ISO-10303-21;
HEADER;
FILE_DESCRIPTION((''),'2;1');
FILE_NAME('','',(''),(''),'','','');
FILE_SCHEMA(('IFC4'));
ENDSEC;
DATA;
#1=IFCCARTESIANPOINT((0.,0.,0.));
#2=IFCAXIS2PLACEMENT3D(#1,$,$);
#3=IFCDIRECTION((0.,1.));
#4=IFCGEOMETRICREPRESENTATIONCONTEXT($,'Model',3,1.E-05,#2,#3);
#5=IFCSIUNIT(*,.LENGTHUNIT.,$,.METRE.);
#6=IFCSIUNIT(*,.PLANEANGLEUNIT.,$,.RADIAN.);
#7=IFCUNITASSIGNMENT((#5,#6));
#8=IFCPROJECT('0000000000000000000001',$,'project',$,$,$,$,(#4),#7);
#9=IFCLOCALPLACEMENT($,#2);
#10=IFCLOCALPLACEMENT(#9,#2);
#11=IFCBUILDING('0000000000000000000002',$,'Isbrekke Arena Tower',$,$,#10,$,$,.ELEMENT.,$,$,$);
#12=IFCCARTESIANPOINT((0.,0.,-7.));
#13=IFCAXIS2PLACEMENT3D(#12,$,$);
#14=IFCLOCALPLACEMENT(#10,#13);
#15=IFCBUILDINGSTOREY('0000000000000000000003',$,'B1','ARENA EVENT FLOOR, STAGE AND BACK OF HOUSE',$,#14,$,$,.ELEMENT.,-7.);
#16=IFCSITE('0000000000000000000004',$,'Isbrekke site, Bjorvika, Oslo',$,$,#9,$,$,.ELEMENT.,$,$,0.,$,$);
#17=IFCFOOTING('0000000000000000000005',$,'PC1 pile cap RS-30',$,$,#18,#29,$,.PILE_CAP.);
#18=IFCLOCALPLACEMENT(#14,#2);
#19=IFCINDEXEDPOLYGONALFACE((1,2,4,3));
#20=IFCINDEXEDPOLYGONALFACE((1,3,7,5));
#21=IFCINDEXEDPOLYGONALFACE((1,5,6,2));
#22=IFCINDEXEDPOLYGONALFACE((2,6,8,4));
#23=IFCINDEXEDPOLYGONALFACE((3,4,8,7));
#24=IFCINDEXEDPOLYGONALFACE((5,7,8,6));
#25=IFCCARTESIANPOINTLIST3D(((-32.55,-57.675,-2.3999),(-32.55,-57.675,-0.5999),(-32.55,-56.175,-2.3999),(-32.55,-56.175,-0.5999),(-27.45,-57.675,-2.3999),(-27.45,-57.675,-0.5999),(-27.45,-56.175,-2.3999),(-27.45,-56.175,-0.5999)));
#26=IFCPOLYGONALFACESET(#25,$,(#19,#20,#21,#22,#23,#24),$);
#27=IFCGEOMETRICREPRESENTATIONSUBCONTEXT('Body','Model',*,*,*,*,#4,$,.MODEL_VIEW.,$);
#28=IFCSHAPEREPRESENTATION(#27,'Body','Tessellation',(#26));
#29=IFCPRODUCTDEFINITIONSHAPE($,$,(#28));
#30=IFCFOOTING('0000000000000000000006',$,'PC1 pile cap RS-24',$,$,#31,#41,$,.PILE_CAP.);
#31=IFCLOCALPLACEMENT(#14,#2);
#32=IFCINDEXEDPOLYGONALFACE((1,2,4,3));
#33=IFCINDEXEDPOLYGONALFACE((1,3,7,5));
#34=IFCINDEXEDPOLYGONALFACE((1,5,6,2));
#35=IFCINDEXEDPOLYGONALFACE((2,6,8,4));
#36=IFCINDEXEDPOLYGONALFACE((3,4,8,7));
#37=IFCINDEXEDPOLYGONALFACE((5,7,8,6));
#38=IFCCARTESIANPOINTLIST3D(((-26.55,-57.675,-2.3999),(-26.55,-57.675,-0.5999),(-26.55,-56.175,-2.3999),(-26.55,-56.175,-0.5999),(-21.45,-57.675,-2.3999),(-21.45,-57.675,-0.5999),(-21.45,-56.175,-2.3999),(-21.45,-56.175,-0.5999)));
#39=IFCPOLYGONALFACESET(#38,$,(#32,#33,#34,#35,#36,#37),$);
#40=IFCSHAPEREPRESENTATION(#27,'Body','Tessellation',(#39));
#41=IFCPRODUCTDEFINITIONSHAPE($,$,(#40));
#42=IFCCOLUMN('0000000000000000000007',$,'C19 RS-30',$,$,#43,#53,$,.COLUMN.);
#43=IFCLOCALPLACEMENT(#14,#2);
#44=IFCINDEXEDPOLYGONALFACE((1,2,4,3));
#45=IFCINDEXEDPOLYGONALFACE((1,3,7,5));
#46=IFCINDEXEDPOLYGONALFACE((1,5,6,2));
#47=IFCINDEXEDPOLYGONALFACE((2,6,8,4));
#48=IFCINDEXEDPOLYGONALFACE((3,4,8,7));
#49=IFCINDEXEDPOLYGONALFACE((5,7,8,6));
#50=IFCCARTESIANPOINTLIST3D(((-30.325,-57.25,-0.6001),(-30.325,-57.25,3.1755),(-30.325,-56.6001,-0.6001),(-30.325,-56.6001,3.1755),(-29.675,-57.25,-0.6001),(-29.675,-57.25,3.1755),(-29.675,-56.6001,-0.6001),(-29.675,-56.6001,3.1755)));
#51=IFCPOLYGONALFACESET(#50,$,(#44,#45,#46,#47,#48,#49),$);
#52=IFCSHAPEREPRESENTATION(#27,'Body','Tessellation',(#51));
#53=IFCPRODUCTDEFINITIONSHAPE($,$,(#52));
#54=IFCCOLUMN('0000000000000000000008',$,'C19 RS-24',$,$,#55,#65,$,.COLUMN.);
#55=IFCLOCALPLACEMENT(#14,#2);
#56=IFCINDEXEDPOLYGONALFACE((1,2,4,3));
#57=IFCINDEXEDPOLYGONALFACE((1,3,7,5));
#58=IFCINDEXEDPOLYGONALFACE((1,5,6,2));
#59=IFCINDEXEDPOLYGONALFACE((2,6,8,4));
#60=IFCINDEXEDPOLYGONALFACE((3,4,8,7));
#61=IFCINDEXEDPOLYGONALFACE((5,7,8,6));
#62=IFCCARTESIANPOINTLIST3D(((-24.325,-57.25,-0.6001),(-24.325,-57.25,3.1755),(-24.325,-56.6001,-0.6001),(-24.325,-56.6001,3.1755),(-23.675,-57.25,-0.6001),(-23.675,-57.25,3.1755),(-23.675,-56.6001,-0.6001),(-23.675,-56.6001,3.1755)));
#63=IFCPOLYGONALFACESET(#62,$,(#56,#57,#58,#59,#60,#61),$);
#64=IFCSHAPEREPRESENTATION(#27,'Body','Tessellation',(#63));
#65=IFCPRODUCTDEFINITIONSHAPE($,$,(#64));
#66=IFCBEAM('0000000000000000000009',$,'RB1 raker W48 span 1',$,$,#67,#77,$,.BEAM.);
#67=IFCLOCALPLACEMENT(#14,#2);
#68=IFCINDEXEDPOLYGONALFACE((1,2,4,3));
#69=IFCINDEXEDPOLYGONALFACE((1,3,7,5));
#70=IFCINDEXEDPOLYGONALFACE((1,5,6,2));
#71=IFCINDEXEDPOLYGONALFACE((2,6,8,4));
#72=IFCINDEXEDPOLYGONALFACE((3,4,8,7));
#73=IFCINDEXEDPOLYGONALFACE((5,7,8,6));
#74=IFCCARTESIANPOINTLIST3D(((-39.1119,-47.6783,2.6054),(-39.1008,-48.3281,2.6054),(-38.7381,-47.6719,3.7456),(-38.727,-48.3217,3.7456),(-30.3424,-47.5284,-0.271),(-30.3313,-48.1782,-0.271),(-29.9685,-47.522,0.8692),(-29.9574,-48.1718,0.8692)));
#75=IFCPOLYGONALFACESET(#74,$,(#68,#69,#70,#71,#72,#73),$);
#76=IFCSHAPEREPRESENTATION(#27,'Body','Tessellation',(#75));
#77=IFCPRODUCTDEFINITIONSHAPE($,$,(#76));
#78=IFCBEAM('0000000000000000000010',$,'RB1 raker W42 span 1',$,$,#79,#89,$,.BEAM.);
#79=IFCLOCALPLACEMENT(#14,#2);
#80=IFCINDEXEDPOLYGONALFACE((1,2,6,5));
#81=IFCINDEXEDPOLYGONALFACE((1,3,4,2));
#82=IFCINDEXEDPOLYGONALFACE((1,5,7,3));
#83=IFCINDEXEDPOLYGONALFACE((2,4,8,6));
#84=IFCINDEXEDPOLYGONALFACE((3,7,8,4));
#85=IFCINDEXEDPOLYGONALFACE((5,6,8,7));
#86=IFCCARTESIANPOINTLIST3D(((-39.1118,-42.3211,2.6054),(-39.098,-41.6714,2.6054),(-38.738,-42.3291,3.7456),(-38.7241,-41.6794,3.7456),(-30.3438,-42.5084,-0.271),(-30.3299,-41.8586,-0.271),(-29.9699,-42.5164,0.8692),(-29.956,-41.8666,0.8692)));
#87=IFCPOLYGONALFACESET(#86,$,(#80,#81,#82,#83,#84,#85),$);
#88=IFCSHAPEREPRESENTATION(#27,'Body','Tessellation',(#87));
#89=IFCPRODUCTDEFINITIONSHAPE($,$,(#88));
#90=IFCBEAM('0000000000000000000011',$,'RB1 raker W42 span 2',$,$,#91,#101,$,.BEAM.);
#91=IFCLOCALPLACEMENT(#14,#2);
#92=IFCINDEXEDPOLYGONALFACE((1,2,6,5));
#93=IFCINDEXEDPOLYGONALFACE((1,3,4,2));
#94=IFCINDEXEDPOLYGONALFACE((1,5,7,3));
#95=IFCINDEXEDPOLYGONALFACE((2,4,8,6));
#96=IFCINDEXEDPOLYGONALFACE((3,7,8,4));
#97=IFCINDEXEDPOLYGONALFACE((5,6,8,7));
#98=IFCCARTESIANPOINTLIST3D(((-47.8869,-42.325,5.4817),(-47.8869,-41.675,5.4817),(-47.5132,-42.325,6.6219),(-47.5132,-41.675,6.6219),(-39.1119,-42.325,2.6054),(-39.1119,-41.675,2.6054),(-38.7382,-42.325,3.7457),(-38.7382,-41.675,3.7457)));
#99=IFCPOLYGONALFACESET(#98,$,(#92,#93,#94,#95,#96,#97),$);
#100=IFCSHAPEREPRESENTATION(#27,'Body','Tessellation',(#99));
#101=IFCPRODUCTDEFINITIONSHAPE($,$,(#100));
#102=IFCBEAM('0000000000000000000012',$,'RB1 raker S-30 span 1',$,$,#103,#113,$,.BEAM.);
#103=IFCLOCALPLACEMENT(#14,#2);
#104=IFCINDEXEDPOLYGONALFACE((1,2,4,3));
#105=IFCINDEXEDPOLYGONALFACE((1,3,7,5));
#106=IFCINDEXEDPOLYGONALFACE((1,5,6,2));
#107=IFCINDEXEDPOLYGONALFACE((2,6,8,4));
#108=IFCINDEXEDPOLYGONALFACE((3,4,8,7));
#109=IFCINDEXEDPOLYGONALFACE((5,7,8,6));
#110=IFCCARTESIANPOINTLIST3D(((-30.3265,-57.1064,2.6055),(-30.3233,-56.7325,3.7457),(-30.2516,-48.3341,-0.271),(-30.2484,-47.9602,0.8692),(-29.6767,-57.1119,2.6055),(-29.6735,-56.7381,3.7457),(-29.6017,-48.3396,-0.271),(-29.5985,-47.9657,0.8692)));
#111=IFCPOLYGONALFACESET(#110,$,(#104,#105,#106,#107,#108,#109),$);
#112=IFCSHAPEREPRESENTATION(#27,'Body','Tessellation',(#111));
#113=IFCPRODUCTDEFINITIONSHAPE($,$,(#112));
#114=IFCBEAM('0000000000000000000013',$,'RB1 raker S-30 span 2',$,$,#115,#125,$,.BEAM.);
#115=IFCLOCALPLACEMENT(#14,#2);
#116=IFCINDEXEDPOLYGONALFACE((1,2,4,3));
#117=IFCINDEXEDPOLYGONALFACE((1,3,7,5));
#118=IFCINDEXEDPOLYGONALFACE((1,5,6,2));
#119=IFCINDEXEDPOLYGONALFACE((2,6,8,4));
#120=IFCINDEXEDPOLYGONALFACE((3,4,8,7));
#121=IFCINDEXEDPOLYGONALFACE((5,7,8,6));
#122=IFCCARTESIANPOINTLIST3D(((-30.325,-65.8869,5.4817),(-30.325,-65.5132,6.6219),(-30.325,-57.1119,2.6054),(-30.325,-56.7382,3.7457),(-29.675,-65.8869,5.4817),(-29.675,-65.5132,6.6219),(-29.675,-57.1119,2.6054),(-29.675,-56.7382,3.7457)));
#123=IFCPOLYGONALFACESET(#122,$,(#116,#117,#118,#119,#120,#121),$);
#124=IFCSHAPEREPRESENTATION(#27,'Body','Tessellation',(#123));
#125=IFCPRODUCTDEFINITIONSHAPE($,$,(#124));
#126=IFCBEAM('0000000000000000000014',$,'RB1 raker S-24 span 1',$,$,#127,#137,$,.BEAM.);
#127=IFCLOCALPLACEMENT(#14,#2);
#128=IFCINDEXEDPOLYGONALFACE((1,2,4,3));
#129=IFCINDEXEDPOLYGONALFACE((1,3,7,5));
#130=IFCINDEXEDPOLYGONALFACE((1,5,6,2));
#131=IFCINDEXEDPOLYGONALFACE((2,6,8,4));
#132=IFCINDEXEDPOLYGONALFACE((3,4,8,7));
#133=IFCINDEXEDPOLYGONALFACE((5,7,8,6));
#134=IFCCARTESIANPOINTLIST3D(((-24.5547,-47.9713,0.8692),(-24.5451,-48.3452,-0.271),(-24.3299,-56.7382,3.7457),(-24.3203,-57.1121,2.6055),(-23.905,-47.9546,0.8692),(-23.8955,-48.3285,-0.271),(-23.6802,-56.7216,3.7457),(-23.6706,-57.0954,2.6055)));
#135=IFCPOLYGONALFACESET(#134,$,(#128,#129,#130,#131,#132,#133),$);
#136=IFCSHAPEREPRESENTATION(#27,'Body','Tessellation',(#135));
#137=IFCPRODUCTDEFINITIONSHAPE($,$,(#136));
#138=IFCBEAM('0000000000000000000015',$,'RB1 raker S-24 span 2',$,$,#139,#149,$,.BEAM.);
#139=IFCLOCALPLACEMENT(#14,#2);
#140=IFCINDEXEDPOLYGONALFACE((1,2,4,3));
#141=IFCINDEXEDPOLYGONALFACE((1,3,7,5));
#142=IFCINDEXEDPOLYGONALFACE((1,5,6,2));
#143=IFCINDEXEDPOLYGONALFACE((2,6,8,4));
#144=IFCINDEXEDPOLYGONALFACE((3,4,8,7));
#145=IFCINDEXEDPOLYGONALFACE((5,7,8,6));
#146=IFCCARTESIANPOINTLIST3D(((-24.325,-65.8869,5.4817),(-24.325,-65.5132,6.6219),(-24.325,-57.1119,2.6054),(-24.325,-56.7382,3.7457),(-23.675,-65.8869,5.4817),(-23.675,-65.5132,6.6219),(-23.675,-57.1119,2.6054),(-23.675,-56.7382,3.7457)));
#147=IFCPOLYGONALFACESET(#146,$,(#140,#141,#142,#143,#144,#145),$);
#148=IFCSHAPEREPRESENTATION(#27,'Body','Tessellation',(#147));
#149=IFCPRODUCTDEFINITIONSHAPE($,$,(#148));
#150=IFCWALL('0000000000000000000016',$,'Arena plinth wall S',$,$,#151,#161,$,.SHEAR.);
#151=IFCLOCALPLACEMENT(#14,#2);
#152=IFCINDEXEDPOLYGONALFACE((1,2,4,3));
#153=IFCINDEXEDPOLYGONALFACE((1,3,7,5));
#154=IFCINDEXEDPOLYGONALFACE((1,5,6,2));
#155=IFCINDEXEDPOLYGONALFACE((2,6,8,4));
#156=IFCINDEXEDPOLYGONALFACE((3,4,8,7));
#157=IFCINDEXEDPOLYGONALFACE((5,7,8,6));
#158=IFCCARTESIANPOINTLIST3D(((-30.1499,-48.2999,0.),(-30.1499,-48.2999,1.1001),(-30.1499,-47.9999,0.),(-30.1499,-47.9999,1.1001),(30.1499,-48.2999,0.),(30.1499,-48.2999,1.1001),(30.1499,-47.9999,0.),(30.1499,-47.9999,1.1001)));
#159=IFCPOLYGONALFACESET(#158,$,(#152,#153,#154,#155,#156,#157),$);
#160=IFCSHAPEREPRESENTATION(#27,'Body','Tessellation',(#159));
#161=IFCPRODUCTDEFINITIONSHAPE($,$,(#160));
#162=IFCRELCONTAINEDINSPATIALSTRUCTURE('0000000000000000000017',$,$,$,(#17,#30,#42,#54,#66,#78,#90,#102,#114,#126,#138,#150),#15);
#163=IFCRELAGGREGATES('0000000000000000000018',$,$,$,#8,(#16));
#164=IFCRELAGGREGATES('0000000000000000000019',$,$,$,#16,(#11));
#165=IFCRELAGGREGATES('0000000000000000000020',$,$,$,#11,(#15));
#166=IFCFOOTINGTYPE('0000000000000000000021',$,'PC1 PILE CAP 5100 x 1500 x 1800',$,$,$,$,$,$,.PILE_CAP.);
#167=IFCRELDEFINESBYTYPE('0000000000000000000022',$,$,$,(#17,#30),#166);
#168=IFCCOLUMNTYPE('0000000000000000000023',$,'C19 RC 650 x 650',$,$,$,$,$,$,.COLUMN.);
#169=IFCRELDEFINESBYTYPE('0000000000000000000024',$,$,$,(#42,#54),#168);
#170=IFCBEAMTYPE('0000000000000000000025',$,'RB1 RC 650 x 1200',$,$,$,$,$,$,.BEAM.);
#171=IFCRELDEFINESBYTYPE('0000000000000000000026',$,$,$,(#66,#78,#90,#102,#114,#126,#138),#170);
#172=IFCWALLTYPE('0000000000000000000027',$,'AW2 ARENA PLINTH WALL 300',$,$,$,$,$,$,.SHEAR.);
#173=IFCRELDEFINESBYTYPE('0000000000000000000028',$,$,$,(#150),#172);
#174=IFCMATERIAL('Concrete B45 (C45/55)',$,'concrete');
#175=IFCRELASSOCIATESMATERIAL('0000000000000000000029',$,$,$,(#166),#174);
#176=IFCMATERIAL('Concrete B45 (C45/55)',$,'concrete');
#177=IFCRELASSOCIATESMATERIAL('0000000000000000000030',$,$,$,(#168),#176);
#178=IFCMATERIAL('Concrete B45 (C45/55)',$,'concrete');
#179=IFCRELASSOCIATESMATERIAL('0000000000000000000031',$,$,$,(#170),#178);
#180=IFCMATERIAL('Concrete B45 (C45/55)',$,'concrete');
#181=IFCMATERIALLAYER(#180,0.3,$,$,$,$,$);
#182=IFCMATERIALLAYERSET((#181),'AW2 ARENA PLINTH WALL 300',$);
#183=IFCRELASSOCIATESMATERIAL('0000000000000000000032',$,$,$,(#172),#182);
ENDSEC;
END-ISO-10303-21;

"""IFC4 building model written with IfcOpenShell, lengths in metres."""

from ifc_helpers import new_model, si_unit, direction, frame, frame_2d, origin, origin_2d, place, context, subcontext, project, spatial, rectangle, extrude, material, layer, layer_set, material_profile, profile_set, type_object, element, save


model = new_model("IFC4")

# Units and contexts
model_context = context("Model", 3, precision=1e-05, world=origin(), true_north=direction((0.0, 1.0)))
body_context = subcontext(model_context, "Body", "Model", "MODEL_VIEW")
ifc_project = project(units=[si_unit("LENGTHUNIT", "METRE"), si_unit("PLANEANGLEUNIT", "RADIAN")], contexts=[model_context])

# Site, building, storey
site_placement = place(None, origin())
site = spatial("IfcSite", under=ifc_project, at=site_placement, Name="Isbrekke site, Bjorvika, Oslo", CompositionType="ELEMENT", RefElevation=0.0)
building_placement = place(site_placement, origin())
building = spatial("IfcBuilding", under=site, at=building_placement, Name="Isbrekke Arena Tower", CompositionType="ELEMENT")
storey_placement = place(building_placement, frame((0.0, 0.0, -7.0)))
storey = spatial("IfcBuildingStorey", under=building, at=storey_placement, Name="B1", Description="ARENA EVENT FLOOR, STAGE AND BACK OF HOUSE", CompositionType="ELEMENT", Elevation=-7.0)

# Footings
ifc_material_1 = material(Name="Concrete B45 (C45/55)", Category="concrete")
footing_type = type_object("IfcFootingType", Name="PC1 PILE CAP 5100 x 1500 x 1800", PredefinedType="PILE_CAP", material=ifc_material_1)
for number, where, z_axis, x_axis, name in (
    (1, (-30.0, -56.925, -2.3999), (0.0, 0.0, 1.0), (1.0, 0.0, 0.0), "PC1 pile cap RS-30"),
    (2, (-24.0, -56.925, -2.3999), (0.0, 0.0, 1.0), (1.0, 0.0, 0.0), "PC1 pile cap RS-24"),
):
    element("IfcFooting", number, at=place(storey_placement, frame(where, z_axis=z_axis, x_axis=x_axis)), inside=storey, type_object=footing_type, Name=name, PredefinedType="PILE_CAP", context=body_context, shape_type="SweptSolid", body=[
        extrude(rectangle(XDim=5.1001, YDim=1.5, at=origin_2d()), origin(), (0.0, 0.0, 1.0), 1.8),
    ])

# Columns
ifc_material_2 = material(Name="Concrete B45 (C45/55)", Category="concrete")
ifc_material_profile_1 = material_profile(ifc_material_2, rectangle(XDim=0.6499, YDim=0.6499, at=origin_2d()), Name="RC 650x650")
ifc_profile_set_1 = profile_set([ifc_material_profile_1], Name="Concrete B45 (C45/55)")
column_type = type_object("IfcColumnType", Name="C19 RC 650 x 650", PredefinedType="COLUMN", material=ifc_profile_set_1)
for number, where, z_axis, x_axis, name in (
    (3, (-30.0, -56.925, -0.6001), (0.0, 0.0, 1.0), (1.0, 0.0, 0.0), "C19 RS-30"),
    (4, (-24.0, -56.925, -0.6001), (0.0, 0.0, 1.0), (1.0, 0.0, 0.0), "C19 RS-24"),
):
    element("IfcColumn", number, at=place(storey_placement, frame(where, z_axis=z_axis, x_axis=x_axis)), inside=storey, type_object=column_type, Name=name, PredefinedType="COLUMN", context=body_context, shape_type="SweptSolid", body=[
        extrude(rectangle(XDim=0.6499, YDim=0.6499, at=origin_2d()), origin(), (0.0, 0.0, 1.0), 3.7756),
    ])

# Beams
ifc_material_3 = material(Name="Concrete B45 (C45/55)", Category="concrete")
ifc_material_profile_2 = material_profile(ifc_material_3, rectangle(XDim=0.6499, YDim=1.2, at=origin_2d()), Name="RC 650x1200")
ifc_profile_set_2 = profile_set([ifc_material_profile_2], Name="Concrete B45 (C45/55)")
beam_type = type_object("IfcBeamType", Name="RB1 RC 650 x 1200", PredefinedType="BEAM", material=ifc_profile_set_2)
beam_1_placement = place(storey_placement, frame((-30.1499, -47.8501, 0.2991), z_axis=(-0.950065, -0.01624, 0.311628), x_axis=(0.017091, -0.999854, 0.0)))
element("IfcBeam", 5, at=beam_1_placement, inside=storey, type_object=beam_type, Name="RB1 raker W48 span 1", PredefinedType="BEAM", context=body_context, shape_type="SweptSolid", body=[
    extrude(rectangle(XDim=0.6499, YDim=1.2, at=origin_2d()), origin(), (0.0, 0.0, 1.0), 9.2305),
])
beam_2_placement = place(storey_placement, frame((-30.1499, -42.1875, 0.2991), z_axis=(-0.94998, 0.020288, 0.311652), x_axis=(-0.021352, -0.999772, 0.0)))
element("IfcBeam", 6, at=beam_2_placement, inside=storey, type_object=beam_type, Name="RB1 raker W42 span 1", PredefinedType="BEAM", context=body_context, shape_type="SweptSolid", body=[
    extrude(rectangle(XDim=0.6499, YDim=1.2, at=origin_2d()), origin(), (0.0, 0.0, 1.0), 9.2297),
])
beam_3_placement = place(storey_placement, frame((-38.925, -42.0, 3.1755), z_axis=(-0.950255, 0.0, 0.311473), x_axis=(0.0, -1.0, 0.0)))
element("IfcBeam", 7, at=beam_3_placement, inside=storey, type_object=beam_type, Name="RB1 raker W42 span 2", PredefinedType="BEAM", context=body_context, shape_type="SweptSolid", body=[
    extrude(rectangle(XDim=0.6499, YDim=1.2, at=origin_2d()), origin(), (0.0, 0.0, 1.0), 9.2344),
])
beam_4_placement = place(storey_placement, frame((-29.925, -48.1499, 0.2991), z_axis=(-0.008119, -0.950188, 0.311572), x_axis=(0.999964, -0.008544, 0.0)))
element("IfcBeam", 8, at=beam_4_placement, inside=storey, type_object=beam_type, Name="RB1 raker S-30 span 1", PredefinedType="BEAM", context=body_context, shape_type="SweptSolid", body=[
    extrude(rectangle(XDim=0.6499, YDim=1.2, at=origin_2d()), origin(), (0.0, 0.0, 1.0), 9.2322),
])
beam_5_placement = place(storey_placement, frame((-30.0, -56.925, 3.1755), z_axis=(0.0, -0.950255, 0.311473), x_axis=(1.0, 0.0, 0.0)))
element("IfcBeam", 9, at=beam_5_placement, inside=storey, type_object=beam_type, Name="RB1 raker S-30 span 2", PredefinedType="BEAM", context=body_context, shape_type="SweptSolid", body=[
    extrude(rectangle(XDim=0.6499, YDim=1.2, at=origin_2d()), origin(), (0.0, 0.0, 1.0), 9.2344),
])
beam_6_placement = place(storey_placement, frame((-24.2251, -48.1499, 0.2991), z_axis=(0.024363, -0.94988, 0.311663), x_axis=(0.999671, 0.02564, 0.0)))
element("IfcBeam", 10, at=beam_6_placement, inside=storey, type_object=beam_type, Name="RB1 raker S-24 span 1", PredefinedType="BEAM", context=body_context, shape_type="SweptSolid", body=[
    extrude(rectangle(XDim=0.6499, YDim=1.2, at=origin_2d()), origin(), (0.0, 0.0, 1.0), 9.2295),
])
beam_7_placement = place(storey_placement, frame((-24.0, -56.925, 3.1755), z_axis=(0.0, -0.950255, 0.311473), x_axis=(1.0, 0.0, 0.0)))
element("IfcBeam", 11, at=beam_7_placement, inside=storey, type_object=beam_type, Name="RB1 raker S-24 span 2", PredefinedType="BEAM", context=body_context, shape_type="SweptSolid", body=[
    extrude(rectangle(XDim=0.6499, YDim=1.2, at=origin_2d()), origin(), (0.0, 0.0, 1.0), 9.2344),
])

# Wall
ifc_material_4 = material(Name="Concrete B45 (C45/55)", Category="concrete")
ifc_layer = layer(ifc_material_4, 0.3)
ifc_layer_set = layer_set([ifc_layer], Name="AW2 ARENA PLINTH WALL 300")
wall_type = type_object("IfcWallType", Name="AW2 ARENA PLINTH WALL 300", PredefinedType="SHEAR", material=ifc_layer_set)
wall_placement = place(storey_placement, frame((-30.1499, -48.1499, 0.0), z_axis=(0.0, 0.0, 1.0), x_axis=(1.0, 0.0, 0.0)))
element("IfcWall", 12, at=wall_placement, inside=storey, type_object=wall_type, Name="Arena plinth wall S", PredefinedType="SHEAR", context=body_context, shape_type="SweptSolid", body=[
    extrude(rectangle(XDim=60.2998, YDim=0.3, at=frame_2d((30.1499, 0.0))), origin(), (0.0, 0.0, 1.0), 1.1001),
])

save(model, "model.ifc")
